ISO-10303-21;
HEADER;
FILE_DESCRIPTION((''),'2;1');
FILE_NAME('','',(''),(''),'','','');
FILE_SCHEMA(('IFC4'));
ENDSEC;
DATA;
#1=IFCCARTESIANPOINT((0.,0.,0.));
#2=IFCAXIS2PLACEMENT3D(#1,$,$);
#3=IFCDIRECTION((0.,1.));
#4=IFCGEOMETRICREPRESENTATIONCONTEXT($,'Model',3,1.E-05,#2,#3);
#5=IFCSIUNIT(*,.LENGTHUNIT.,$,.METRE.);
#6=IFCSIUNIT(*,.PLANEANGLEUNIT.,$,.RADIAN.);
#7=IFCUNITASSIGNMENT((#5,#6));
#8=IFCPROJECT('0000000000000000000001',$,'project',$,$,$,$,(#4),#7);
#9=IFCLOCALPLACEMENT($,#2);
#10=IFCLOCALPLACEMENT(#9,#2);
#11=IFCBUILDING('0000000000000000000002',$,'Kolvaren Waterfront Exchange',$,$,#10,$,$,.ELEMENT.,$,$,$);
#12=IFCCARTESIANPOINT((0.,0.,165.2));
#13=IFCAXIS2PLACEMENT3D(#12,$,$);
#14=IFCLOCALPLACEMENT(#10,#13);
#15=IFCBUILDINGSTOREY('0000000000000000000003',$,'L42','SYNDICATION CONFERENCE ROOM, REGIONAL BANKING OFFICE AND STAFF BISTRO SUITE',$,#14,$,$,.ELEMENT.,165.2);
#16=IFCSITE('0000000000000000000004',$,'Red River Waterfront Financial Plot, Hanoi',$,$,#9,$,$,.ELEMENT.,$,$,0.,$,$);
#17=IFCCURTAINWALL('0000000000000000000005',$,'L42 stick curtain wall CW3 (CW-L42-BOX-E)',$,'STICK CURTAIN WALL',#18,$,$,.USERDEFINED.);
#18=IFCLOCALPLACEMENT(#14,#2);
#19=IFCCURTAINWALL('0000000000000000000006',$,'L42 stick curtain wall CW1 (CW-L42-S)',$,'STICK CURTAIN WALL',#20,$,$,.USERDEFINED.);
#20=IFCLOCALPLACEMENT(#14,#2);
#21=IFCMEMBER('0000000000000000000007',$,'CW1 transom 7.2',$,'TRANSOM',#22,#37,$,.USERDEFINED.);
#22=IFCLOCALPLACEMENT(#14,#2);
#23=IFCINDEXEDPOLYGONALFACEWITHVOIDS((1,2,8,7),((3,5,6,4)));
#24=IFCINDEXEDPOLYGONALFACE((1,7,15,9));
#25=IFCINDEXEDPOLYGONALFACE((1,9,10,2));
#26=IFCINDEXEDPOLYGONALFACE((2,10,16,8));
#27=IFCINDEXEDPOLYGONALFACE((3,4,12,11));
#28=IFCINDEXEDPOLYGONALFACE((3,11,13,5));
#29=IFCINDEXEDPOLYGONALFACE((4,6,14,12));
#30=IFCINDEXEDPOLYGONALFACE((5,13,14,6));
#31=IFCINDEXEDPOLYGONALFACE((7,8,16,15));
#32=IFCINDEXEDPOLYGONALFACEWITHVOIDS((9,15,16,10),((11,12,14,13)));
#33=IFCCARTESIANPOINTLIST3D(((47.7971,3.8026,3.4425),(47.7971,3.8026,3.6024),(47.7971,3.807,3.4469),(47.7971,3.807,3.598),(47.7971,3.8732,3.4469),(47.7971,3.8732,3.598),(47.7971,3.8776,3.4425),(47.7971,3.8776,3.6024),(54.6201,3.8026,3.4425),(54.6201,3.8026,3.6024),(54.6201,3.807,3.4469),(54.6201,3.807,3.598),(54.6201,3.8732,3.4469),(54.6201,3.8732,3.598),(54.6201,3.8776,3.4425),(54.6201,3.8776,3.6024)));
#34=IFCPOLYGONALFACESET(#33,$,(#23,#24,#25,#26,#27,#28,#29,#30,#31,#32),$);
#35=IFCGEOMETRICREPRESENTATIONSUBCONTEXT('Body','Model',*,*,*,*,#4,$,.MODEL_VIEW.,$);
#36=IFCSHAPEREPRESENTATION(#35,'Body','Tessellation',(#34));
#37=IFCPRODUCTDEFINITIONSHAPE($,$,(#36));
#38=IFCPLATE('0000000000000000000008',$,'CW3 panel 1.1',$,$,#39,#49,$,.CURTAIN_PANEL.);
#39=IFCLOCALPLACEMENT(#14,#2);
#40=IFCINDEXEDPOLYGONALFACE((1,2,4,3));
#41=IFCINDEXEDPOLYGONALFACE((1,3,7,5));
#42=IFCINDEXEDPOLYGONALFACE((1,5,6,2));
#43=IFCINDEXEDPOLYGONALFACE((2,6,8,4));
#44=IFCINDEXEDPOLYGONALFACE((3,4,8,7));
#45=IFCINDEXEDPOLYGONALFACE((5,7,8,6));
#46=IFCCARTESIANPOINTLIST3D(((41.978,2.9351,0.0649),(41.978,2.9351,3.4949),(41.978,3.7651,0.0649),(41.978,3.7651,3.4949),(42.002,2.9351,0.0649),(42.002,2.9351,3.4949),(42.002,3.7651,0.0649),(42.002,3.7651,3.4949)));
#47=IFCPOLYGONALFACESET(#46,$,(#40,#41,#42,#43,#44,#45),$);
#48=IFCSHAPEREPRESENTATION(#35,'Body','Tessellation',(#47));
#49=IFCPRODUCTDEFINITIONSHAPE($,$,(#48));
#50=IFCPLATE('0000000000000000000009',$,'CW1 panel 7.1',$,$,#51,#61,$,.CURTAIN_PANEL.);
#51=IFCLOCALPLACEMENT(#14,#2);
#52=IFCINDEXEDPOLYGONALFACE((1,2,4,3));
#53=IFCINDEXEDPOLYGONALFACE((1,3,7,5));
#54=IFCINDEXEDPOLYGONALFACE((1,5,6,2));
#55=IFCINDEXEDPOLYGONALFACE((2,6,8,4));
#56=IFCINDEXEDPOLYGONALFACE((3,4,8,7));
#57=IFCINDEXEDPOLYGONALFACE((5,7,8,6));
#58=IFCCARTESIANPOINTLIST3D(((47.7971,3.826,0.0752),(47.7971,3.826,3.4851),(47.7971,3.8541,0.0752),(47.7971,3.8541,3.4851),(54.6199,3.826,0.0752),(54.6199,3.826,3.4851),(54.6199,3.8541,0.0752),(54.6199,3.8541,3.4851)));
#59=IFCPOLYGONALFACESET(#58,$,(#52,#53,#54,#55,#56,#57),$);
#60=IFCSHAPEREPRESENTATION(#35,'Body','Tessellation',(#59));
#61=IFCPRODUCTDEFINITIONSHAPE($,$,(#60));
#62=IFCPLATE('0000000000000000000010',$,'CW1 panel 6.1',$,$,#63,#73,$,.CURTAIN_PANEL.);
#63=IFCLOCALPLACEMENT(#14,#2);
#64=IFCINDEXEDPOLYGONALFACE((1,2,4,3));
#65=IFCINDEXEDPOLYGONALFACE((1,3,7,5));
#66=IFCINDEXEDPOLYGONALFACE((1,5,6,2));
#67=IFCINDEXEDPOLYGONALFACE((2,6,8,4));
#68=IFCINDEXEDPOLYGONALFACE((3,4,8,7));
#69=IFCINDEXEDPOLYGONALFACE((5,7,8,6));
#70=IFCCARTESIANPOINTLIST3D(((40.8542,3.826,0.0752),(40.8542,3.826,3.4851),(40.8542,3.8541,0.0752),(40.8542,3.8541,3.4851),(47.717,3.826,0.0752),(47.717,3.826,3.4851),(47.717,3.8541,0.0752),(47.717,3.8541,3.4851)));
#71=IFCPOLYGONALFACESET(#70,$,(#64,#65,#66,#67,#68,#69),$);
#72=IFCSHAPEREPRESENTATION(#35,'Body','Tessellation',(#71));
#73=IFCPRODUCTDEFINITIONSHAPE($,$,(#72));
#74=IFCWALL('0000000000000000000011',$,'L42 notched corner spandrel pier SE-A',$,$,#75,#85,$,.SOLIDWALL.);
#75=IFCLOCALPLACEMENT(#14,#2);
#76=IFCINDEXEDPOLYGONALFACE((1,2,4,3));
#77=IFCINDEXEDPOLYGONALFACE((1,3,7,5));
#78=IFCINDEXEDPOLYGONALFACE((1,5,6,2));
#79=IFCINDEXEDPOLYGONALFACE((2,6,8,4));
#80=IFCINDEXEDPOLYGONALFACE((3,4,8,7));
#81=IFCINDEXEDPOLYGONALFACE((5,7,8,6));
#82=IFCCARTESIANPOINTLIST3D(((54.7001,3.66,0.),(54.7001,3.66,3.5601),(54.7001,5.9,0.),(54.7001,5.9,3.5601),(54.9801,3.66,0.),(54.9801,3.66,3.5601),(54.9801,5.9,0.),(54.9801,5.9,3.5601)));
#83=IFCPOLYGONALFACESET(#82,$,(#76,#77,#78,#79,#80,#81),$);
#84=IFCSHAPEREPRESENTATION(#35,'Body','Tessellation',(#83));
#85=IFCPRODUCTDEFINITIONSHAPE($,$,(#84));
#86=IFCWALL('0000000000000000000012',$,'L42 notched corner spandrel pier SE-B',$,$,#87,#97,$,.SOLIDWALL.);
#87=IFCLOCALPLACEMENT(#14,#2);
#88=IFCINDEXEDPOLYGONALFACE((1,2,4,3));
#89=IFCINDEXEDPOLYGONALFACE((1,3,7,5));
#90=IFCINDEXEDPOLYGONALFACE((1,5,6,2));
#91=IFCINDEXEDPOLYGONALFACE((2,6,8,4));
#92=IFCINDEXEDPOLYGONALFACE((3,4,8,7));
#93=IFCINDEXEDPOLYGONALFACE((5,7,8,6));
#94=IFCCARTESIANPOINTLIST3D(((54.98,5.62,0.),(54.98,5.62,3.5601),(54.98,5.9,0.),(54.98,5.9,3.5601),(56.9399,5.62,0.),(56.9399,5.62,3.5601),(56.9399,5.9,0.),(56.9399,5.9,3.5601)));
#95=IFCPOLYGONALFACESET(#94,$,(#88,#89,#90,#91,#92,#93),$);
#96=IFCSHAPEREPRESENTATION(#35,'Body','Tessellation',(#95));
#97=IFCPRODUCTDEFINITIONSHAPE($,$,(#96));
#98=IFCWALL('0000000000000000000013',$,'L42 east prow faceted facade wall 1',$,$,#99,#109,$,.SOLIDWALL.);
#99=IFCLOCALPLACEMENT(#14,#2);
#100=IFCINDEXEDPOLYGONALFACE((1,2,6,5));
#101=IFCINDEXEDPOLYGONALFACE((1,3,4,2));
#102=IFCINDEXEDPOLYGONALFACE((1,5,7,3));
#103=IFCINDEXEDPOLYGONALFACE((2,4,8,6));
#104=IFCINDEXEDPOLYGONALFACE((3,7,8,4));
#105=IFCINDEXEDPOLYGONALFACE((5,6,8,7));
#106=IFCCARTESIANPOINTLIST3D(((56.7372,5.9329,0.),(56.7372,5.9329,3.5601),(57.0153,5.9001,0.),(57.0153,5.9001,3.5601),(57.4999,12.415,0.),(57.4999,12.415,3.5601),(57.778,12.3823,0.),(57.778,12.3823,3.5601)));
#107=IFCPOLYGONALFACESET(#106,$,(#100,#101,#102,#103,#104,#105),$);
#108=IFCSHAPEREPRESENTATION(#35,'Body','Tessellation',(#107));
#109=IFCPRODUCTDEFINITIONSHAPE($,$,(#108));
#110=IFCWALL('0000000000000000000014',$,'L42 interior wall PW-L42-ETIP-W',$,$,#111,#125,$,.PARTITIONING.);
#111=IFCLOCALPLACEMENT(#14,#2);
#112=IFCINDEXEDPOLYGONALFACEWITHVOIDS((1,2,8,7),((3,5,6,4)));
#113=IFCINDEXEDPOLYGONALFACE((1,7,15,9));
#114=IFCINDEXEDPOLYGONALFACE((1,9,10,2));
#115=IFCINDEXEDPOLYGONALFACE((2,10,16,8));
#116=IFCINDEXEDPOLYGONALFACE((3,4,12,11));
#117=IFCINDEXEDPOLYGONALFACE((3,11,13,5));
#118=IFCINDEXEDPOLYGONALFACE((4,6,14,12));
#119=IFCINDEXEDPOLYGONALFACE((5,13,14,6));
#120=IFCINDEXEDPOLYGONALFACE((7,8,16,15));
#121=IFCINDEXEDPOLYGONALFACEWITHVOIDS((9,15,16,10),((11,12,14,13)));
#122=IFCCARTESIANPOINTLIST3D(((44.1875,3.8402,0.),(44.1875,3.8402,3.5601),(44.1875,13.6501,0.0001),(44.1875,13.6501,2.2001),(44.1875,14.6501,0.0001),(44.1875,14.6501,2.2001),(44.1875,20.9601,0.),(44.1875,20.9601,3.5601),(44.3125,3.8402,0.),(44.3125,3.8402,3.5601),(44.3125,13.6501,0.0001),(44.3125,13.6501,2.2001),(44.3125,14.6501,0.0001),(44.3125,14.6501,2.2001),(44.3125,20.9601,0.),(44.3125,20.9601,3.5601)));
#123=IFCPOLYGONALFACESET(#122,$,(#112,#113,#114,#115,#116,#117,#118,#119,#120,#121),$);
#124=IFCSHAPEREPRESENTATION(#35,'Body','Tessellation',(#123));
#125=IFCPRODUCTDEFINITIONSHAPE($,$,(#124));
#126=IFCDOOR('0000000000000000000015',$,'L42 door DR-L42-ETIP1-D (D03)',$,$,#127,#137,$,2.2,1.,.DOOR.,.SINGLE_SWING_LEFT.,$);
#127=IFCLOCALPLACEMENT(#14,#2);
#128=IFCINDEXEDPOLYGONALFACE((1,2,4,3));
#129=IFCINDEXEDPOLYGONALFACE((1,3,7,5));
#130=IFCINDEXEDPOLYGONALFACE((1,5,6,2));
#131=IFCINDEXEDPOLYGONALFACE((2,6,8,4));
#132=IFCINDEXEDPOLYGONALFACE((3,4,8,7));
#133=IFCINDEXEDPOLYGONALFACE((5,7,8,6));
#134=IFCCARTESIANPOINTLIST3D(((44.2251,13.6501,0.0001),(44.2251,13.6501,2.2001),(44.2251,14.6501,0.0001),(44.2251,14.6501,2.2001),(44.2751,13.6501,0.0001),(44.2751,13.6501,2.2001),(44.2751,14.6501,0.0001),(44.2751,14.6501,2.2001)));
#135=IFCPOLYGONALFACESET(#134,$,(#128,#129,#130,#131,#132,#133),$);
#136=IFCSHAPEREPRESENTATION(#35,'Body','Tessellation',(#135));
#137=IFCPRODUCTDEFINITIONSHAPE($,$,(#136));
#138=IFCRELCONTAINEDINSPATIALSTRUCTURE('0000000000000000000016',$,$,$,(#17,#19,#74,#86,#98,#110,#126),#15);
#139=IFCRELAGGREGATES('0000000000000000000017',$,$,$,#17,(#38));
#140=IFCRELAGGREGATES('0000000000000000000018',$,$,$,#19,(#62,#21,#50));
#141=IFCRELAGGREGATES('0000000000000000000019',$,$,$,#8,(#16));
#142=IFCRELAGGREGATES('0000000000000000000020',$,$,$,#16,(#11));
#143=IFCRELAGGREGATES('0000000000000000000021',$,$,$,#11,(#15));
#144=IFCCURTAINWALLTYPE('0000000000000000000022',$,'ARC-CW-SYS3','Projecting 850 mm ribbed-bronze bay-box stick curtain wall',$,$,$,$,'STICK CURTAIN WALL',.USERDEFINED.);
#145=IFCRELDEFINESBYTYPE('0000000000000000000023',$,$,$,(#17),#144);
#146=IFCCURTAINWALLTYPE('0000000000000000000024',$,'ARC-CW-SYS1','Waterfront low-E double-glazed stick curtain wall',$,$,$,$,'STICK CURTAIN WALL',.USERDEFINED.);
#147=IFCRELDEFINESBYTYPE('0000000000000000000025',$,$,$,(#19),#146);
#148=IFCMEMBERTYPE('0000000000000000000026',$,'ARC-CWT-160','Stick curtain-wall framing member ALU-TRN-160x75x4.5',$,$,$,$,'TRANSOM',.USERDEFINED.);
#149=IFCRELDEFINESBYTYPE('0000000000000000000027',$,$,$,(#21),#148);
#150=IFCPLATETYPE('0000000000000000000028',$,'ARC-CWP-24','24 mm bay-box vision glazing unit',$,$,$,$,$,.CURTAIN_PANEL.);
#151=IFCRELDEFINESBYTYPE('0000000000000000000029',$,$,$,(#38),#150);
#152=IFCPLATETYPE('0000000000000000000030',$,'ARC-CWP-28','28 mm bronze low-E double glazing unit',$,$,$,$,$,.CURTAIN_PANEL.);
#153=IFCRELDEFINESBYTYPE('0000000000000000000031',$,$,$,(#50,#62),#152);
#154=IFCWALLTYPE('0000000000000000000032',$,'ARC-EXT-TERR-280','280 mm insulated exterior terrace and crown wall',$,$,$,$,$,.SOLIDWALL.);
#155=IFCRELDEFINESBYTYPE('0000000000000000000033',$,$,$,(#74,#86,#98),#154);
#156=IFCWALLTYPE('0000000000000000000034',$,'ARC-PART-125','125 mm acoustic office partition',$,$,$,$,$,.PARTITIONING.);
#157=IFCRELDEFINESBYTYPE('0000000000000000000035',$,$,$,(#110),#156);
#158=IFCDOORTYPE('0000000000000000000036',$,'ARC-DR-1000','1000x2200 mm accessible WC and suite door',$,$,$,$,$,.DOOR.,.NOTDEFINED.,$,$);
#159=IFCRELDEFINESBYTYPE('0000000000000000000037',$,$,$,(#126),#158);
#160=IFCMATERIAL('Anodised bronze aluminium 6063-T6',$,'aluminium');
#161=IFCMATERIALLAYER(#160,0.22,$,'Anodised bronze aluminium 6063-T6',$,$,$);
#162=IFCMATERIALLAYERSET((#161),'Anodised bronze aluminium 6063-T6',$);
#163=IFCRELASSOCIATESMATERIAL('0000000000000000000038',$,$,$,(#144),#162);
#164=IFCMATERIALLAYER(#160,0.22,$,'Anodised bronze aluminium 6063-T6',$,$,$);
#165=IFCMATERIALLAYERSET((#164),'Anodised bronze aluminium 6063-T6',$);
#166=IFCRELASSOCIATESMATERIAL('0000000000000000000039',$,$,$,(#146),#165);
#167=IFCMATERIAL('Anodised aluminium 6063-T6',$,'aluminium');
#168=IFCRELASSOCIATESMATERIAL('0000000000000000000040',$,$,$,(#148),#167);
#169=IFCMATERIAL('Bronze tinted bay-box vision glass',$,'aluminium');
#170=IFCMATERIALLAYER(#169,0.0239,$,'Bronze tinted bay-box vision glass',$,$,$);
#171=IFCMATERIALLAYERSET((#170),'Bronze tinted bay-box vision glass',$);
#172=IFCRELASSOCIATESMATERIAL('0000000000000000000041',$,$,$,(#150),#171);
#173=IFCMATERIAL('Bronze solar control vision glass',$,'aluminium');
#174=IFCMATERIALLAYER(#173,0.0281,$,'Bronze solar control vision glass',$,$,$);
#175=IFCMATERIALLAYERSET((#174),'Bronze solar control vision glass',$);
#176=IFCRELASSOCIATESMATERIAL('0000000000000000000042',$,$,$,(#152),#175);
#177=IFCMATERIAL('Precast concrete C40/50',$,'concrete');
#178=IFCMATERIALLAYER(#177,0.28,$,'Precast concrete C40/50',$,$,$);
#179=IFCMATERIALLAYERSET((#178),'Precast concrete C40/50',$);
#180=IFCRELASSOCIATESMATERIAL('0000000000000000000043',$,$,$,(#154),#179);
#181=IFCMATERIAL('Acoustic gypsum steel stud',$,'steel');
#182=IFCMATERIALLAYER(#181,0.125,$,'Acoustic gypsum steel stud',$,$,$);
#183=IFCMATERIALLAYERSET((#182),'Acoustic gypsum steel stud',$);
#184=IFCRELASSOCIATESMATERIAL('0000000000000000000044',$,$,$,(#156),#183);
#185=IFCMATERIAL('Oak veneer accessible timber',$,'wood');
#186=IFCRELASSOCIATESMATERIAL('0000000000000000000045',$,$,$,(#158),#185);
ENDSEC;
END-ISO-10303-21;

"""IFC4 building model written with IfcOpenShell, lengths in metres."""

from ifc_helpers import new_model, si_unit, direction, frame, frame_2d, origin, origin_with_axes, origin_2d, place, context, subcontext, project, spatial, rectangle, hollow_rectangle, extrude, source, transform, mapped, material, layer, layer_set, material_profile, profile_set, type_object, element, fill, aggregate, save


model = new_model("IFC4")

# Units and contexts
model_context = context("Model", 3, precision=1e-05, world=origin(), true_north=direction((0.0, 1.0)))
body_context = subcontext(model_context, "Body", "Model", "MODEL_VIEW")
ifc_project = project(units=[si_unit("LENGTHUNIT", "METRE"), si_unit("PLANEANGLEUNIT", "RADIAN")], contexts=[model_context])

# Site, building, storey
site_placement = place(None, origin())
site = spatial("IfcSite", under=ifc_project, at=site_placement, Name="Red River Waterfront Financial Plot, Hanoi", CompositionType="ELEMENT", RefElevation=0.0)
building_placement = place(site_placement, origin())
building = spatial("IfcBuilding", under=site, at=building_placement, Name="Kolvaren Waterfront Exchange", CompositionType="ELEMENT")
storey_placement = place(building_placement, frame((0.0, 0.0, 165.2)))
storey = spatial("IfcBuildingStorey", under=building, at=storey_placement, Name="L42", Description="SYNDICATION CONFERENCE ROOM, REGIONAL BANKING OFFICE AND STAFF BISTRO SUITE", CompositionType="ELEMENT", Elevation=165.2)

# Curtain walls, member
ifc_material_1 = material(Name="Anodised bronze aluminium 6063-T6", Category="aluminium")
ifc_layer_1 = layer(ifc_material_1, 0.22, Name="Anodised bronze aluminium 6063-T6")
ifc_layer_set_1 = layer_set([ifc_layer_1], Name="Anodised bronze aluminium 6063-T6")
curtain_wall_type_1 = type_object("IfcCurtainWallType", Name="ARC-CW-SYS3", Description="Projecting 850 mm ribbed-bronze bay-box stick curtain wall", ElementType="STICK CURTAIN WALL", PredefinedType="USERDEFINED", material=ifc_layer_set_1)
curtain_wall_1_placement = place(storey_placement, origin())
curtain_wall_1 = element("IfcCurtainWall", 1, at=curtain_wall_1_placement, inside=storey, type_object=curtain_wall_type_1, Name="L42 stick curtain wall CW3 (CW-L42-BOX-E)", ObjectType="STICK CURTAIN WALL", PredefinedType="USERDEFINED")
ifc_layer_2 = layer(ifc_material_1, 0.22, Name="Anodised bronze aluminium 6063-T6")
ifc_layer_set_2 = layer_set([ifc_layer_2], Name="Anodised bronze aluminium 6063-T6")
curtain_wall_type_2 = type_object("IfcCurtainWallType", Name="ARC-CW-SYS1", Description="Waterfront low-E double-glazed stick curtain wall", ElementType="STICK CURTAIN WALL", PredefinedType="USERDEFINED", material=ifc_layer_set_2)
curtain_wall_2_placement = place(storey_placement, origin())
curtain_wall_2 = element("IfcCurtainWall", 2, at=curtain_wall_2_placement, inside=storey, type_object=curtain_wall_type_2, Name="L42 stick curtain wall CW1 (CW-L42-S)", ObjectType="STICK CURTAIN WALL", PredefinedType="USERDEFINED")
ifc_material_2 = material(Name="Anodised aluminium 6063-T6", Category="aluminium")
ifc_material_profile_1 = material_profile(ifc_material_2, hollow_rectangle(XDim=0.075, YDim=0.1599, WallThickness=0.0044, at=origin_2d()), Name="ALU-TRN-160x75x4.5")
ifc_profile_set_1 = profile_set([ifc_material_profile_1], Name="Anodised aluminium 6063-T6")
member_type_1 = type_object("IfcMemberType", Name="ARC-CWT-160", Description="Stick curtain-wall framing member ALU-TRN-160x75x4.5", ElementType="TRANSOM", PredefinedType="USERDEFINED", material=ifc_profile_set_1)
shared_shape_1 = source(origin_with_axes(), body_context, "Body", "SweptSolid", [
    extrude(hollow_rectangle(XDim=0.075, YDim=0.1599, WallThickness=0.0044, at=origin_2d()), origin(), (0.0, 0.0, 1.0), 6.823),
])
member_1_placement = place(storey_placement, frame((47.7971, 3.8401, 3.5225), z_axis=(1.0, 0.0, 0.0), x_axis=(0.0, 1.0, 0.0)))
member_1 = element("IfcMember", 3, at=member_1_placement, type_object=member_type_1, Name="CW1 transom 7.2", ObjectType="TRANSOM", PredefinedType="USERDEFINED", context=body_context, shape_type="MappedRepresentation", body=[
    mapped(shared_shape_1, transform((0.0, 0.0, 0.0), x_axis=(1.0, 0.0, 0.0), y_axis=(0.0, 1.0, 0.0), z_axis=(0.0, 0.0, 1.0), scale=1.0)),
])

# Plates
ifc_material_3 = material(Name="Bronze tinted bay-box vision glass", Category="aluminium")
ifc_layer_3 = layer(ifc_material_3, 0.0239, Name="Bronze tinted bay-box vision glass")
ifc_layer_set_3 = layer_set([ifc_layer_3], Name="Bronze tinted bay-box vision glass")
plate_type_1 = type_object("IfcPlateType", Name="ARC-CWP-24", Description="24 mm bay-box vision glazing unit", PredefinedType="CURTAIN_PANEL", material=ifc_layer_set_3)
shared_shape_2 = source(origin_with_axes(), body_context, "Body", "SweptSolid", [
    extrude(rectangle(XDim=0.8301, YDim=0.0239, at=origin_2d()), origin(), (0.0, 0.0, 1.0), 3.4299),
])
plate_1_placement = place(storey_placement, frame((41.99, 3.3501, 0.0649), z_axis=(0.0, 0.0, 1.0), x_axis=(0.0, 1.0, 0.0)))
plate_1 = element("IfcPlate", 4, at=plate_1_placement, type_object=plate_type_1, Name="CW3 panel 1.1", PredefinedType="CURTAIN_PANEL", context=body_context, shape_type="MappedRepresentation", body=[
    mapped(shared_shape_2, transform((0.0, 0.0, 0.0), x_axis=(1.0, 0.0, 0.0), y_axis=(0.0, 1.0, 0.0), z_axis=(0.0, 0.0, 1.0), scale=1.0)),
])
aggregate(curtain_wall_1, [plate_1])
ifc_material_4 = material(Name="Bronze solar control vision glass", Category="aluminium")
ifc_layer_4 = layer(ifc_material_4, 0.0281, Name="Bronze solar control vision glass")
ifc_layer_set_4 = layer_set([ifc_layer_4], Name="Bronze solar control vision glass")
plate_type_2 = type_object("IfcPlateType", Name="ARC-CWP-28", Description="28 mm bronze low-E double glazing unit", PredefinedType="CURTAIN_PANEL", material=ifc_layer_set_4)
shared_shape_3 = source(origin_with_axes(), body_context, "Body", "SweptSolid", [
    extrude(rectangle(XDim=6.8228, YDim=0.0281, at=origin_2d()), origin(), (0.0, 0.0, 1.0), 3.4099),
])
plate_2_placement = place(storey_placement, frame((51.2085, 3.8401, 0.0752), z_axis=(0.0, 0.0, 1.0), x_axis=(1.0, 0.0, 0.0)))
plate_2 = element("IfcPlate", 5, at=plate_2_placement, type_object=plate_type_2, Name="CW1 panel 7.1", PredefinedType="CURTAIN_PANEL", context=body_context, shape_type="MappedRepresentation", body=[
    mapped(shared_shape_3, transform((0.0, 0.0, 0.0), x_axis=(1.0, 0.0, 0.0), y_axis=(0.0, 1.0, 0.0), z_axis=(0.0, 0.0, 1.0), scale=1.0)),
])
shared_shape_4 = source(origin_with_axes(), body_context, "Body", "SweptSolid", [
    extrude(rectangle(XDim=6.8628, YDim=0.0281, at=origin_2d()), origin(), (0.0, 0.0, 1.0), 3.4099),
])
plate_3_placement = place(storey_placement, frame((44.2856, 3.8401, 0.0752), z_axis=(0.0, 0.0, 1.0), x_axis=(1.0, 0.0, 0.0)))
plate_3 = element("IfcPlate", 6, at=plate_3_placement, type_object=plate_type_2, Name="CW1 panel 6.1", PredefinedType="CURTAIN_PANEL", context=body_context, shape_type="MappedRepresentation", body=[
    mapped(shared_shape_4, transform((0.0, 0.0, 0.0), x_axis=(1.0, 0.0, 0.0), y_axis=(0.0, 1.0, 0.0), z_axis=(0.0, 0.0, 1.0), scale=1.0)),
])
aggregate(curtain_wall_2, [plate_3, member_1, plate_2])

# Walls
ifc_material_5 = material(Name="Precast concrete C40/50", Category="concrete")
ifc_layer_5 = layer(ifc_material_5, 0.28, Name="Precast concrete C40/50")
ifc_layer_set_5 = layer_set([ifc_layer_5], Name="Precast concrete C40/50")
wall_type_1 = type_object("IfcWallType", Name="ARC-EXT-TERR-280", Description="280 mm insulated exterior terrace and crown wall", PredefinedType="SOLIDWALL", material=ifc_layer_set_5)
wall_1_placement = place(storey_placement, frame((54.8401, 3.6599, 0.0), z_axis=(0.0, 0.0, 1.0), x_axis=(0.0, 1.0, 0.0)))
element("IfcWall", 7, at=wall_1_placement, inside=storey, type_object=wall_type_1, Name="L42 notched corner spandrel pier SE-A", PredefinedType="SOLIDWALL", context=body_context, shape_type="SweptSolid", body=[
    extrude(rectangle(XDim=2.24, YDim=0.28, at=frame_2d((1.1201, 0.0))), origin(), (0.0, 0.0, 1.0), 3.5601),
])
wall_2_placement = place(storey_placement, frame((54.98, 5.76, 0.0), z_axis=(0.0, 0.0, 1.0), x_axis=(1.0, 0.0, 0.0)))
element("IfcWall", 8, at=wall_2_placement, inside=storey, type_object=wall_type_1, Name="L42 notched corner spandrel pier SE-B", PredefinedType="SOLIDWALL", context=body_context, shape_type="SweptSolid", body=[
    extrude(rectangle(XDim=1.96, YDim=0.28, at=frame_2d((0.98, 0.0))), origin(), (0.0, 0.0, 1.0), 3.5601),
])
wall_3_placement = place(storey_placement, frame((56.8762, 5.9165, 0.0), z_axis=(0.0, 0.0, 1.0), x_axis=(0.116854, 0.993149, 0.0)))
element("IfcWall", 9, at=wall_3_placement, inside=storey, type_object=wall_type_1, Name="L42 east prow faceted facade wall 1", PredefinedType="SOLIDWALL", context=body_context, shape_type="SweptSolid", body=[
    extrude(rectangle(XDim=6.5269, YDim=0.28, at=frame_2d((3.2634, 0.0))), origin(), (0.0, 0.0, 1.0), 3.5601),
])

# Wall, opening, door
ifc_material_6 = material(Name="Acoustic gypsum steel stud", Category="steel")
ifc_layer_6 = layer(ifc_material_6, 0.125, Name="Acoustic gypsum steel stud")
ifc_layer_set_6 = layer_set([ifc_layer_6], Name="Acoustic gypsum steel stud")
wall_type_2 = type_object("IfcWallType", Name="ARC-PART-125", Description="125 mm acoustic office partition", PredefinedType="PARTITIONING", material=ifc_layer_set_6)
wall_4_placement = place(storey_placement, frame((44.25, 3.8401, 0.0), z_axis=(0.0, 0.0, 1.0), x_axis=(0.0, 1.0, 0.0)))
wall_4 = element("IfcWall", 10, at=wall_4_placement, inside=storey, type_object=wall_type_2, Name="L42 interior wall PW-L42-ETIP-W", PredefinedType="PARTITIONING", context=body_context, shape_type="SweptSolid", body=[
    extrude(rectangle(XDim=17.1199, YDim=0.125, at=frame_2d((8.5601, 0.0))), origin(), (0.0, 0.0, 1.0), 3.5601),
])
opening_placement = place(wall_4_placement, frame((9.8101, 0.0, 0.0)))
opening = element("IfcOpeningElement", 11, at=opening_placement, cuts=wall_4, PredefinedType="OPENING", context=body_context, shape_type="SweptSolid", body=[
    extrude(rectangle(XDim=1.0, YDim=2.2, at=frame_2d((0.5, 1.1001))), frame((0.0, 0.0725, 0.0), z_axis=(0.0, -1.0, 0.0), x_axis=(1.0, 0.0, 0.0)), (0.0, 0.0, 1.0), 0.145),
])
ifc_material_7 = material(Name="Oak veneer accessible timber", Category="wood")
door_type = type_object("IfcDoorType", Name="ARC-DR-1000", Description="1000x2200 mm accessible WC and suite door", OperationType="NOTDEFINED", PredefinedType="DOOR", material=ifc_material_7)
door_placement = place(opening_placement, origin())
door = element("IfcDoor", 12, at=door_placement, inside=storey, type_object=door_type, Name="L42 door DR-L42-ETIP1-D (D03)", OperationType="SINGLE_SWING_LEFT", OverallHeight=2.2, OverallWidth=1.0, PredefinedType="DOOR", context=body_context, shape_type="SweptSolid", body=[
    extrude(rectangle(XDim=1.0, YDim=2.2, at=frame_2d((0.5, 1.1001))), frame((0.0, 0.0249, 0.0), z_axis=(0.0, -1.0, 0.0), x_axis=(1.0, 0.0, 0.0)), (0.0, 0.0, 1.0), 0.05),
])
fill(opening, door)

save(model, "model.ifc")
